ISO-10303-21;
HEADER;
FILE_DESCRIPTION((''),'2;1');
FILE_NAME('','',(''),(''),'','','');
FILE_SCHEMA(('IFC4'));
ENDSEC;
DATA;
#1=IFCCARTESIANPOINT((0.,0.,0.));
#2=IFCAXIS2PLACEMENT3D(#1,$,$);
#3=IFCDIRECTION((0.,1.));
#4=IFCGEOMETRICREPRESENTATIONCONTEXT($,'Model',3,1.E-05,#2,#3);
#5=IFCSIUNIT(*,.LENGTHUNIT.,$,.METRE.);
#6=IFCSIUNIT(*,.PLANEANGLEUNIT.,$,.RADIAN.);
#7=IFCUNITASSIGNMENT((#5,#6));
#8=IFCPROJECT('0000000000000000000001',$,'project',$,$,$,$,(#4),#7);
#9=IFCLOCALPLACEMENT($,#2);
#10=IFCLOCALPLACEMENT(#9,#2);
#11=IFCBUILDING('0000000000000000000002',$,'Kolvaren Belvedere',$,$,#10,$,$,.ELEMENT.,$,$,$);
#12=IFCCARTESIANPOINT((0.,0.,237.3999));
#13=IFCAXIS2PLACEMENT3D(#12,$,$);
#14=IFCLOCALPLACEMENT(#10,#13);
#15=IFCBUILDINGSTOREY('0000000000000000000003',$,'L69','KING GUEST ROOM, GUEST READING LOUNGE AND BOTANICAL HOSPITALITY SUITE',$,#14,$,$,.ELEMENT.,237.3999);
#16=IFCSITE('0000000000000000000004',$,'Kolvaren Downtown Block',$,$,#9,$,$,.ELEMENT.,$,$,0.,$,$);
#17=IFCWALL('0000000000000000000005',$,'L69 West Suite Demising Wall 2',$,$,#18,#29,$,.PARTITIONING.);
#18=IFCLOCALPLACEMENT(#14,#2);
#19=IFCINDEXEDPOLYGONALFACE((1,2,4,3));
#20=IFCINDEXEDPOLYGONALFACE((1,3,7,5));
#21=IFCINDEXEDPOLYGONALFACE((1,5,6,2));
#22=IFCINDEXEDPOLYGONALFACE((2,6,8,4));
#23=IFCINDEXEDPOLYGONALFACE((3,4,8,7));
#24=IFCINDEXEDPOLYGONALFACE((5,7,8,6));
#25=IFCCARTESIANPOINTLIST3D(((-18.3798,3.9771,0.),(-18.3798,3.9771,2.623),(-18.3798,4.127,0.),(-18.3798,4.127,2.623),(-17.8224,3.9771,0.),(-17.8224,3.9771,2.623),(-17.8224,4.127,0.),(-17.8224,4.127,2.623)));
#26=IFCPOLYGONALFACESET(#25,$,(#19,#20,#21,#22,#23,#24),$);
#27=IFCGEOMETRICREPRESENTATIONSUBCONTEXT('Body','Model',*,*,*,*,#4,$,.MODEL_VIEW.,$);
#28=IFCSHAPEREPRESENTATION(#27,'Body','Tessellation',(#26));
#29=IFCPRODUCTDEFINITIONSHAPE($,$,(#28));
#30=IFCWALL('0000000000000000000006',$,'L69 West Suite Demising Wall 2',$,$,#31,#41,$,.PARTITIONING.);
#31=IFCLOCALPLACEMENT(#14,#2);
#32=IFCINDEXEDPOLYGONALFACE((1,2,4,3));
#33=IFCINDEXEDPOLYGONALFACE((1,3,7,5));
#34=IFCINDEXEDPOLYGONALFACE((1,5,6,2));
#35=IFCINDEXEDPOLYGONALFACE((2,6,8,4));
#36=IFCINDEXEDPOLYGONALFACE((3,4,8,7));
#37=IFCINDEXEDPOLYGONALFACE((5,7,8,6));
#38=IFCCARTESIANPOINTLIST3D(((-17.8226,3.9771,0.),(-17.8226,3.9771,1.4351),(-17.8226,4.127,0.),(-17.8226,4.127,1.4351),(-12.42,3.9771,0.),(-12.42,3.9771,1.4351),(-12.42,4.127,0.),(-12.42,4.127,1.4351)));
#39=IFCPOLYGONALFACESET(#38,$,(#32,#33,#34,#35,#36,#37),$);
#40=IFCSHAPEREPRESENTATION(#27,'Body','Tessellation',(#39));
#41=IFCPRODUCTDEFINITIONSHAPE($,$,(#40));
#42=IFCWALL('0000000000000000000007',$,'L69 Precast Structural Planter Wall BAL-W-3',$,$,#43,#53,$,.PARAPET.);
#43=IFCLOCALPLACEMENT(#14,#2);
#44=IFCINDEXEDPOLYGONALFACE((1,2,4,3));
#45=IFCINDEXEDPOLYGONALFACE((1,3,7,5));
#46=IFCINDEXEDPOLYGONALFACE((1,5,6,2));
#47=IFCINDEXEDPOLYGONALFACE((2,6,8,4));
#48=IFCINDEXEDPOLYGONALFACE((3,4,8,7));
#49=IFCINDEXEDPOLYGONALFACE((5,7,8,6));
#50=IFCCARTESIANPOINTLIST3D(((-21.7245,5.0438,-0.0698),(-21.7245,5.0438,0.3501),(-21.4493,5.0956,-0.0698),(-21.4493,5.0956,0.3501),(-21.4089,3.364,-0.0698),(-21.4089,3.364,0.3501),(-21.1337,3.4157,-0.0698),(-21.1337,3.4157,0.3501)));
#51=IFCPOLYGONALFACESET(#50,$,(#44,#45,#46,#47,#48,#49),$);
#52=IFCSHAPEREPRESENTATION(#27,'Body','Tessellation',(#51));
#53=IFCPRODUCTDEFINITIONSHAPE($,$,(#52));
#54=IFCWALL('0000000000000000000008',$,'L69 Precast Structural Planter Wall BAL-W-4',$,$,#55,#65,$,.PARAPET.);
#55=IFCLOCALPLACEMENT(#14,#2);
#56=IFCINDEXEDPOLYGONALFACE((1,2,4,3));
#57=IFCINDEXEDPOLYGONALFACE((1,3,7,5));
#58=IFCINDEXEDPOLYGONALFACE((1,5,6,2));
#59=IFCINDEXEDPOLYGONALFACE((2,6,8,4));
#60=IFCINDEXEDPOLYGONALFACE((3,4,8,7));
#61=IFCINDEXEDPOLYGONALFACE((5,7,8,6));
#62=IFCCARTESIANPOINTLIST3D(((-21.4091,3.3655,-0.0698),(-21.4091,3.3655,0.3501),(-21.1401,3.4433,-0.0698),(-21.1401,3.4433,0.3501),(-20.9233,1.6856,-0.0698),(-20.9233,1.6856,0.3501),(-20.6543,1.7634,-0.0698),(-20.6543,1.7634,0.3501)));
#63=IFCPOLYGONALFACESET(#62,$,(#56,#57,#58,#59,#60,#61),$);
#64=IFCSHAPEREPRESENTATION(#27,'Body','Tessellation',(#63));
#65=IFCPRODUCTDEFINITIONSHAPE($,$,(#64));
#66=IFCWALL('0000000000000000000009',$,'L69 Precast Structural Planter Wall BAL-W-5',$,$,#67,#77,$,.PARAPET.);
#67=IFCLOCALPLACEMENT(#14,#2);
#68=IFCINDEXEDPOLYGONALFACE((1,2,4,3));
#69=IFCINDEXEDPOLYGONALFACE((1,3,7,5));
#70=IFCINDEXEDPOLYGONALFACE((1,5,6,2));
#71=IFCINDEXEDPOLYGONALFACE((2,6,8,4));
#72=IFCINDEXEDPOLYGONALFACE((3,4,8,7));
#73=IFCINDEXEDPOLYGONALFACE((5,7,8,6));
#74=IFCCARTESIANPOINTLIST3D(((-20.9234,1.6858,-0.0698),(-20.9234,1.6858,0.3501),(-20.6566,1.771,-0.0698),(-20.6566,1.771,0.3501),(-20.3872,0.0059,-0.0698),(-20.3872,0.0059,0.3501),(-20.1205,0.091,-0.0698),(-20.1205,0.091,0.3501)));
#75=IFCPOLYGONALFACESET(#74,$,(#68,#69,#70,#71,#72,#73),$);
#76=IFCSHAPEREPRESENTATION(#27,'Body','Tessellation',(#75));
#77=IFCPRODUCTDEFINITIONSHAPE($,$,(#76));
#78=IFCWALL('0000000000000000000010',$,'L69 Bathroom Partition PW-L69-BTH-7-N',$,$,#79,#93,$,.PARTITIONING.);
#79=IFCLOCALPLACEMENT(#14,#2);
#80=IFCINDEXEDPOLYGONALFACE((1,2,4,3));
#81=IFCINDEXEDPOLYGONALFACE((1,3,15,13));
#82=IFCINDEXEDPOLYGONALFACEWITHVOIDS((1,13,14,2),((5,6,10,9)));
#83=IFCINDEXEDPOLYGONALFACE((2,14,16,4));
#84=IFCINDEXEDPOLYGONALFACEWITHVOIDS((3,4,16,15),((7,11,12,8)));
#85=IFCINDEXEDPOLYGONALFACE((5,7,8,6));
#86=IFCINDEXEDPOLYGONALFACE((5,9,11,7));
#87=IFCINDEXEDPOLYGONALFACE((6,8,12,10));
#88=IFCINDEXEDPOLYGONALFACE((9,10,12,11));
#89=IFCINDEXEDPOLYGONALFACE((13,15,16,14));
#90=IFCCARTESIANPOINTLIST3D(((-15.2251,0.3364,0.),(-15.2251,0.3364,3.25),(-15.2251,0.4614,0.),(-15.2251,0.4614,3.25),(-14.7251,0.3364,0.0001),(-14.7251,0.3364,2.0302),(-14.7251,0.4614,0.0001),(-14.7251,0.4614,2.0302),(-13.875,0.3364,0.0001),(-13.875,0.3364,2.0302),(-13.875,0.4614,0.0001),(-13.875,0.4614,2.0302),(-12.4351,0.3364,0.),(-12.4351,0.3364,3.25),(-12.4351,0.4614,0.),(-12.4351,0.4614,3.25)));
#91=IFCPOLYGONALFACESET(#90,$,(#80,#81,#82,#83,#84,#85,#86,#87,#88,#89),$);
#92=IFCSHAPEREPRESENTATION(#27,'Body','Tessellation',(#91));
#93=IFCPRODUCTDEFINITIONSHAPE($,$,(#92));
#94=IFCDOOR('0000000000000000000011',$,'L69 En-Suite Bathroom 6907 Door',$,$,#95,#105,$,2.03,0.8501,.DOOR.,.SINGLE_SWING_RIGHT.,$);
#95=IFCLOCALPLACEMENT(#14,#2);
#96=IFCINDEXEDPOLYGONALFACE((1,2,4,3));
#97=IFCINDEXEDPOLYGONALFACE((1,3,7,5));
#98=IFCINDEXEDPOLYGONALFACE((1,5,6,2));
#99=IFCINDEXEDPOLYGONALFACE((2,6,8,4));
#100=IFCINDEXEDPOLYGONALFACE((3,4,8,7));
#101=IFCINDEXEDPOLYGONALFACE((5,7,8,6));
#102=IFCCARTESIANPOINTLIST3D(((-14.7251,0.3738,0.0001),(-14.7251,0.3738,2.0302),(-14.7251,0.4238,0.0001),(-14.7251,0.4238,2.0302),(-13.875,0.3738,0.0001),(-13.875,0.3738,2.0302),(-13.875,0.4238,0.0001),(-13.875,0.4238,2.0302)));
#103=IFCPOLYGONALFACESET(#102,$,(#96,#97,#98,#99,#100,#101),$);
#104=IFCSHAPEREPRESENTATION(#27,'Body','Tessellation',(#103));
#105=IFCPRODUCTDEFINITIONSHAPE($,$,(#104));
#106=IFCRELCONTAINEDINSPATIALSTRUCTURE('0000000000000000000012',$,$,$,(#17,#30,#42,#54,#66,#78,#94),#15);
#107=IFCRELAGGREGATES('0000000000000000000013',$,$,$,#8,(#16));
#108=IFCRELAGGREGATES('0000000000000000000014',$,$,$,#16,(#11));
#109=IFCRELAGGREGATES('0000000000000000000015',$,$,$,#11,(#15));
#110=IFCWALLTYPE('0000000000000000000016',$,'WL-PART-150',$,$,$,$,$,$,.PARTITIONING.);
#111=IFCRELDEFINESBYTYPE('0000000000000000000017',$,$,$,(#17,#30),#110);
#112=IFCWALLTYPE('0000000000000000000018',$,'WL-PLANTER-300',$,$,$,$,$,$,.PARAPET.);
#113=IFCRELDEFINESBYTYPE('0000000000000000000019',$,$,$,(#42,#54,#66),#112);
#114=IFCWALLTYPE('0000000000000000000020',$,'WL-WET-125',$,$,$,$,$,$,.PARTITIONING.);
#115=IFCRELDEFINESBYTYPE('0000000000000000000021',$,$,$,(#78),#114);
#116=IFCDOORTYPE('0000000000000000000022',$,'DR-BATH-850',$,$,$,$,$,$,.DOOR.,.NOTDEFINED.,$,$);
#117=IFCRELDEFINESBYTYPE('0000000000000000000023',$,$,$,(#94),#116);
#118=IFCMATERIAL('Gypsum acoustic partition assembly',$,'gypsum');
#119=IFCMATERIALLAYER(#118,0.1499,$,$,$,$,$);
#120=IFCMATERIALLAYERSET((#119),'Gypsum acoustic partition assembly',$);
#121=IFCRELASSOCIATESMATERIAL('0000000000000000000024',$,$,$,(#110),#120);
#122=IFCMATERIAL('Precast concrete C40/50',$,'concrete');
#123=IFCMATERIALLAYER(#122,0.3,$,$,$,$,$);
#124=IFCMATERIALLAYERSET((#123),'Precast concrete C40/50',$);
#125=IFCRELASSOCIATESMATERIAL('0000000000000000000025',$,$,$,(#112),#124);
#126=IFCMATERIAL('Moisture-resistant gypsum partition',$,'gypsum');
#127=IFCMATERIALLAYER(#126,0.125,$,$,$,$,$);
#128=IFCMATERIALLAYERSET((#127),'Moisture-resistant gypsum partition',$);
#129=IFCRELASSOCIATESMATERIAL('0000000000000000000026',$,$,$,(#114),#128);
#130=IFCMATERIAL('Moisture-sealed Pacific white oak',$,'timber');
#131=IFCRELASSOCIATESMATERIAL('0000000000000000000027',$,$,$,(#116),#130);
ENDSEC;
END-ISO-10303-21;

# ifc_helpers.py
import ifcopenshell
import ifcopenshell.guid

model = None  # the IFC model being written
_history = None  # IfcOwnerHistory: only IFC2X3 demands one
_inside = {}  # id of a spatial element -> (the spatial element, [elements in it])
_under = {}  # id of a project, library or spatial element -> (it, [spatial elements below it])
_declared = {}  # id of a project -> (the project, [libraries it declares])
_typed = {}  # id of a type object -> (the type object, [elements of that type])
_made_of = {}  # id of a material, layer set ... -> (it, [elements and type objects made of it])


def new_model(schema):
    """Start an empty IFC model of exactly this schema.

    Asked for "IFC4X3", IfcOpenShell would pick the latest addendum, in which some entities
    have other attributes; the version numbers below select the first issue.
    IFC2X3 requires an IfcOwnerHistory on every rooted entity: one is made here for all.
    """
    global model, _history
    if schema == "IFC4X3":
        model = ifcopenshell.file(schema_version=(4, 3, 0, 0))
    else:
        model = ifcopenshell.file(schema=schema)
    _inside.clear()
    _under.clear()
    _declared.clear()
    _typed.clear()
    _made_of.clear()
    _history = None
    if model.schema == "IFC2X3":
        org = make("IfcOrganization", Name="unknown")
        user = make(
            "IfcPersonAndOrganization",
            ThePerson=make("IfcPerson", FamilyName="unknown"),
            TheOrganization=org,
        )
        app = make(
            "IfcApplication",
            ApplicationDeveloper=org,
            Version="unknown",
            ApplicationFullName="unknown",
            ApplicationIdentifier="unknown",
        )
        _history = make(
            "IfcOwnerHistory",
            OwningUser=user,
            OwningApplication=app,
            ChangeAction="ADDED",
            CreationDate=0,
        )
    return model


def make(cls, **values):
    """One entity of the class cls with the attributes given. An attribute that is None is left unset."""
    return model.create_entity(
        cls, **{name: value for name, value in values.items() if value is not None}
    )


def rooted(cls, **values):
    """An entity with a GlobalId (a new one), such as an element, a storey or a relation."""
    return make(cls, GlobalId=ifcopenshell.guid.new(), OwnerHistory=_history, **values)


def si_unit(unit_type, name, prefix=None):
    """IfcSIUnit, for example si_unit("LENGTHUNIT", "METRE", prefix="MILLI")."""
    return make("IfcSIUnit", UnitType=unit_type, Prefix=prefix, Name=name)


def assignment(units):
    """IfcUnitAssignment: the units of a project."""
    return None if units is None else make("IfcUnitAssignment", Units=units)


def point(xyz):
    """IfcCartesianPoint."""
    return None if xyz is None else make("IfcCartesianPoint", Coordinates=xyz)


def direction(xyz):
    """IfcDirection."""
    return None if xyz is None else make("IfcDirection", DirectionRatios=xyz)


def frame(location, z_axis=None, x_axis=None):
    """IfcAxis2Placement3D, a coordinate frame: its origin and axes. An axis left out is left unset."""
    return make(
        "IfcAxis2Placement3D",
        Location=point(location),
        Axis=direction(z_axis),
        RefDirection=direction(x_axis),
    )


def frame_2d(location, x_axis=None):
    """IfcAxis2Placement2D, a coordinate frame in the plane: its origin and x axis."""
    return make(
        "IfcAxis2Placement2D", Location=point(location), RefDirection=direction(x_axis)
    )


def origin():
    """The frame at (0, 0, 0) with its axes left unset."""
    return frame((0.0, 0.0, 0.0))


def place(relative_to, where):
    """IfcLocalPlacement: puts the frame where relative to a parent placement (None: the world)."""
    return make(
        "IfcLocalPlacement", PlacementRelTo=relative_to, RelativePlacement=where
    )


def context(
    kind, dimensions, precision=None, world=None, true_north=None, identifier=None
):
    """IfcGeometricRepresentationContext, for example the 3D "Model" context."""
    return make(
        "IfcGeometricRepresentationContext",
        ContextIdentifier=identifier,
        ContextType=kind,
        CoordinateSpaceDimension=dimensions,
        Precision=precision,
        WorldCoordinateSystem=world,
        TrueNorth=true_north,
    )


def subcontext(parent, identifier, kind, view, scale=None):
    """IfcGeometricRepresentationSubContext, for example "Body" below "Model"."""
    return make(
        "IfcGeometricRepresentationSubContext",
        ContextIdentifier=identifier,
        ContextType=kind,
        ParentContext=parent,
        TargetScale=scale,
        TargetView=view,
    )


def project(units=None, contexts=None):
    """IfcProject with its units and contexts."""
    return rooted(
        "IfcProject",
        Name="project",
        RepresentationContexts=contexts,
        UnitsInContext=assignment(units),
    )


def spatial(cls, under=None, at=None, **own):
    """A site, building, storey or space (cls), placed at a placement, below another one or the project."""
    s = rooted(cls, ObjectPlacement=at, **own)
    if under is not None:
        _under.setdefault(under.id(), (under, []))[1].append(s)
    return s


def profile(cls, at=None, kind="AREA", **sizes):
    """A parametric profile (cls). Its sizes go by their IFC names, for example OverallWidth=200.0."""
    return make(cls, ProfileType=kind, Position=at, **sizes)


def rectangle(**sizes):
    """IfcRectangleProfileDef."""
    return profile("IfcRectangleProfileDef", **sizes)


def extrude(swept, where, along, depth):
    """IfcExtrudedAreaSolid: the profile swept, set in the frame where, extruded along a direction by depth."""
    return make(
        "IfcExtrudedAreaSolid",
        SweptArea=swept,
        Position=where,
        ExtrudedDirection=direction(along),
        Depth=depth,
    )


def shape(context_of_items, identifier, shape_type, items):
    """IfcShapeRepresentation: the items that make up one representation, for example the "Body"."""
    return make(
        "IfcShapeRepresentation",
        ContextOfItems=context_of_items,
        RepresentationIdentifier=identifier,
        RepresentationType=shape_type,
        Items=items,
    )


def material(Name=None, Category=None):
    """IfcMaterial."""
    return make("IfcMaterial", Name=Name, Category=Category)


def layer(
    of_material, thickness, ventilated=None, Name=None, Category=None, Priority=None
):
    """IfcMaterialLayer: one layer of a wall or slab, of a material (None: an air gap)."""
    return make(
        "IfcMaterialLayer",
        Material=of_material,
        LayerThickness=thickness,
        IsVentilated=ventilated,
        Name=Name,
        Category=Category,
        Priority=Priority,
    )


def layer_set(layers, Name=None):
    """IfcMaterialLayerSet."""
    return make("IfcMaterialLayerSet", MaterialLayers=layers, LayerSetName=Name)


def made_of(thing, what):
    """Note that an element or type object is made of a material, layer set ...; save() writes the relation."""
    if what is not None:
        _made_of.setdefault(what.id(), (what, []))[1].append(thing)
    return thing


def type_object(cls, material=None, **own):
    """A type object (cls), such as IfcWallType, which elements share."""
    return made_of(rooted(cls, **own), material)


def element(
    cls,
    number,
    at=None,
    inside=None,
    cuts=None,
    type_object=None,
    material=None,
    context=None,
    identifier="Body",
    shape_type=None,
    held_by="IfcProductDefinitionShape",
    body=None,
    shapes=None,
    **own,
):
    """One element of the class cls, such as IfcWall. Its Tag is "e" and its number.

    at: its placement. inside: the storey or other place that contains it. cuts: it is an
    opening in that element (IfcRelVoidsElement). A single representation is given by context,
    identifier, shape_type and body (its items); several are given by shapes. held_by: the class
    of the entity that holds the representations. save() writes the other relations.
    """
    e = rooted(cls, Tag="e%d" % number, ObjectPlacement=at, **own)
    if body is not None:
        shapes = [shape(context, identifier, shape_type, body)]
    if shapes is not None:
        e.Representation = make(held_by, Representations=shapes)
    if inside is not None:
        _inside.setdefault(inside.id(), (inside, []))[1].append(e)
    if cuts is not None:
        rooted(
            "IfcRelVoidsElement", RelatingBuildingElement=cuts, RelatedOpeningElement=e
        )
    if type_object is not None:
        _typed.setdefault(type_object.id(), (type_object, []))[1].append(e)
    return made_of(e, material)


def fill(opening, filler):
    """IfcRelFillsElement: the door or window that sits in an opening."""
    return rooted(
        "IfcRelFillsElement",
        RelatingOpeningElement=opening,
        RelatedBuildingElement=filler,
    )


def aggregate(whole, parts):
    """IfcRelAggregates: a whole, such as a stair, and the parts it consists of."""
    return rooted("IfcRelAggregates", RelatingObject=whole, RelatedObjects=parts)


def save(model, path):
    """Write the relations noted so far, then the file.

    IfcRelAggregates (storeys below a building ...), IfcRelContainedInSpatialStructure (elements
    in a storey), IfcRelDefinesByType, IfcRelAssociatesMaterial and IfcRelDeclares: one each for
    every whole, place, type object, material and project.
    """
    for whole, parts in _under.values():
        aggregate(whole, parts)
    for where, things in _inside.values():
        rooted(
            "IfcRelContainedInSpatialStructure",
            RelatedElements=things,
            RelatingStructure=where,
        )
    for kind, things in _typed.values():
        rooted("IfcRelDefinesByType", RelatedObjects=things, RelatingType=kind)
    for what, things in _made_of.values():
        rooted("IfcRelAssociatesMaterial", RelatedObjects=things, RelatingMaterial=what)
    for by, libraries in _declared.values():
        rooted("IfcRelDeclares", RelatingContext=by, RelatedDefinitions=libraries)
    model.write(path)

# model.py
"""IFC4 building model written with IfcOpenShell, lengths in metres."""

from ifc_helpers import new_model, si_unit, direction, frame, frame_2d, origin, place, context, subcontext, project, spatial, rectangle, extrude, material, layer, layer_set, type_object, element, fill, save


model = new_model("IFC4")

# Units and contexts
model_context = context("Model", 3, precision=1e-05, world=origin(), true_north=direction((0.0, 1.0)))
body_context = subcontext(model_context, "Body", "Model", "MODEL_VIEW")
ifc_project = project(units=[si_unit("LENGTHUNIT", "METRE"), si_unit("PLANEANGLEUNIT", "RADIAN")], contexts=[model_context])

# Site, building, storey
site_placement = place(None, origin())
site = spatial("IfcSite", under=ifc_project, at=site_placement, Name="Kolvaren Downtown Block", CompositionType="ELEMENT", RefElevation=0.0)
building_placement = place(site_placement, origin())
building = spatial("IfcBuilding", under=site, at=building_placement, Name="Kolvaren Belvedere", CompositionType="ELEMENT")
storey_placement = place(building_placement, frame((0.0, 0.0, 237.3999)))
storey = spatial("IfcBuildingStorey", under=building, at=storey_placement, Name="L69", Description="KING GUEST ROOM, GUEST READING LOUNGE AND BOTANICAL HOSPITALITY SUITE", CompositionType="ELEMENT", Elevation=237.3999)

# Walls
ifc_material_1 = material(Name="Gypsum acoustic partition assembly", Category="gypsum")
ifc_layer_1 = layer(ifc_material_1, 0.1499)
ifc_layer_set_1 = layer_set([ifc_layer_1], Name="Gypsum acoustic partition assembly")
wall_type_1 = type_object("IfcWallType", Name="WL-PART-150", PredefinedType="PARTITIONING", material=ifc_layer_set_1)
wall_1_placement = place(storey_placement, frame((-18.3799, 4.052, 0.0), z_axis=(0.0, 0.0, 1.0), x_axis=(1.0, 0.0, 0.0)))
element("IfcWall", 1, at=wall_1_placement, inside=storey, type_object=wall_type_1, Name="L69 West Suite Demising Wall 2", PredefinedType="PARTITIONING", context=body_context, shape_type="SweptSolid", body=[
    extrude(rectangle(XDim=0.5574, YDim=0.1499, at=frame_2d((0.2788, 0.0))), origin(), (0.0, 0.0, 1.0), 2.623),
])
wall_2_placement = place(storey_placement, frame((-17.8225, 4.052, 0.0), z_axis=(0.0, 0.0, 1.0), x_axis=(1.0, 0.0, 0.0)))
element("IfcWall", 2, at=wall_2_placement, inside=storey, type_object=wall_type_1, Name="L69 West Suite Demising Wall 2", PredefinedType="PARTITIONING", context=body_context, shape_type="SweptSolid", body=[
    extrude(rectangle(XDim=5.4026, YDim=0.1499, at=frame_2d((2.7012, 0.0))), origin(), (0.0, 0.0, 1.0), 1.4351),
])
ifc_material_2 = material(Name="Precast concrete C40/50", Category="concrete")
ifc_layer_2 = layer(ifc_material_2, 0.3)
ifc_layer_set_2 = layer_set([ifc_layer_2], Name="Precast concrete C40/50")
wall_type_2 = type_object("IfcWallType", Name="WL-PLANTER-300", PredefinedType="PARAPET", material=ifc_layer_set_2)
wall_3_placement = place(storey_placement, frame((-21.5869, 5.0696, -0.0698), z_axis=(0.0, 0.0, 1.0), x_axis=(0.184677, -0.982799, 0.0)))
element("IfcWall", 3, at=wall_3_placement, inside=storey, type_object=wall_type_2, Name="L69 Precast Structural Planter Wall BAL-W-3", PredefinedType="PARAPET", context=body_context, shape_type="SweptSolid", body=[
    extrude(rectangle(XDim=1.7092, YDim=0.28, at=frame_2d((0.8545, 0.0))), origin(), (0.0, 0.0, 1.0), 0.4199),
])
wall_4_placement = place(storey_placement, frame((-21.2747, 3.4045, -0.0698), z_axis=(0.0, 0.0, 1.0), x_axis=(0.277817, -0.960634, 0.0)))
element("IfcWall", 4, at=wall_4_placement, inside=storey, type_object=wall_type_2, Name="L69 Precast Structural Planter Wall BAL-W-4", PredefinedType="PARAPET", context=body_context, shape_type="SweptSolid", body=[
    extrude(rectangle(XDim=1.7488, YDim=0.28, at=frame_2d((0.8745, 0.0))), origin(), (0.0, 0.0, 1.0), 0.4199),
])
wall_5_placement = place(storey_placement, frame((-20.79, 1.7285, -0.0698), z_axis=(0.0, 0.0, 1.0), x_axis=(0.304032, -0.952662, 0.0)))
element("IfcWall", 5, at=wall_5_placement, inside=storey, type_object=wall_type_2, Name="L69 Precast Structural Planter Wall BAL-W-5", PredefinedType="PARAPET", context=body_context, shape_type="SweptSolid", body=[
    extrude(rectangle(XDim=1.7634, YDim=0.28, at=frame_2d((0.8818, 0.0))), origin(), (0.0, 0.0, 1.0), 0.4199),
])

# Wall, opening, door
ifc_material_3 = material(Name="Moisture-resistant gypsum partition", Category="gypsum")
ifc_layer_3 = layer(ifc_material_3, 0.125)
ifc_layer_set_3 = layer_set([ifc_layer_3], Name="Moisture-resistant gypsum partition")
wall_type_3 = type_object("IfcWallType", Name="WL-WET-125", PredefinedType="PARTITIONING", material=ifc_layer_set_3)
wall_6_placement = place(storey_placement, frame((-15.2251, 0.3989, 0.0), z_axis=(0.0, 0.0, 1.0), x_axis=(1.0, 0.0, 0.0)))
wall_6 = element("IfcWall", 6, at=wall_6_placement, inside=storey, type_object=wall_type_3, Name="L69 Bathroom Partition PW-L69-BTH-7-N", PredefinedType="PARTITIONING", context=body_context, shape_type="SweptSolid", body=[
    extrude(rectangle(XDim=2.79, YDim=0.125, at=frame_2d((1.395, 0.0))), origin(), (0.0, 0.0, 1.0), 3.25),
])
opening_placement = place(wall_6_placement, frame((0.5, 0.0, 0.0)))
opening = element("IfcOpeningElement", 7, at=opening_placement, cuts=wall_6, PredefinedType="OPENING", context=body_context, shape_type="SweptSolid", body=[
    extrude(rectangle(XDim=0.8501, YDim=2.03, at=frame_2d((0.425, 1.0151))), frame((0.0, 0.0725, 0.0), z_axis=(0.0, -1.0, 0.0), x_axis=(1.0, 0.0, 0.0)), (0.0, 0.0, 1.0), 0.145),
])
ifc_material_4 = material(Name="Moisture-sealed Pacific white oak", Category="timber")
door_type = type_object("IfcDoorType", Name="DR-BATH-850", OperationType="NOTDEFINED", PredefinedType="DOOR", material=ifc_material_4)
door_placement = place(opening_placement, origin())
door = element("IfcDoor", 8, at=door_placement, inside=storey, type_object=door_type, Name="L69 En-Suite Bathroom 6907 Door", OperationType="SINGLE_SWING_RIGHT", OverallHeight=2.03, OverallWidth=0.8501, PredefinedType="DOOR", context=body_context, shape_type="SweptSolid", body=[
    extrude(rectangle(XDim=0.8501, YDim=2.03, at=frame_2d((0.425, 1.0151))), frame((0.0, 0.0249, 0.0), z_axis=(0.0, -1.0, 0.0), x_axis=(1.0, 0.0, 0.0)), (0.0, 0.0, 1.0), 0.05),
])
fill(opening, door)

save(model, "model.ifc")
